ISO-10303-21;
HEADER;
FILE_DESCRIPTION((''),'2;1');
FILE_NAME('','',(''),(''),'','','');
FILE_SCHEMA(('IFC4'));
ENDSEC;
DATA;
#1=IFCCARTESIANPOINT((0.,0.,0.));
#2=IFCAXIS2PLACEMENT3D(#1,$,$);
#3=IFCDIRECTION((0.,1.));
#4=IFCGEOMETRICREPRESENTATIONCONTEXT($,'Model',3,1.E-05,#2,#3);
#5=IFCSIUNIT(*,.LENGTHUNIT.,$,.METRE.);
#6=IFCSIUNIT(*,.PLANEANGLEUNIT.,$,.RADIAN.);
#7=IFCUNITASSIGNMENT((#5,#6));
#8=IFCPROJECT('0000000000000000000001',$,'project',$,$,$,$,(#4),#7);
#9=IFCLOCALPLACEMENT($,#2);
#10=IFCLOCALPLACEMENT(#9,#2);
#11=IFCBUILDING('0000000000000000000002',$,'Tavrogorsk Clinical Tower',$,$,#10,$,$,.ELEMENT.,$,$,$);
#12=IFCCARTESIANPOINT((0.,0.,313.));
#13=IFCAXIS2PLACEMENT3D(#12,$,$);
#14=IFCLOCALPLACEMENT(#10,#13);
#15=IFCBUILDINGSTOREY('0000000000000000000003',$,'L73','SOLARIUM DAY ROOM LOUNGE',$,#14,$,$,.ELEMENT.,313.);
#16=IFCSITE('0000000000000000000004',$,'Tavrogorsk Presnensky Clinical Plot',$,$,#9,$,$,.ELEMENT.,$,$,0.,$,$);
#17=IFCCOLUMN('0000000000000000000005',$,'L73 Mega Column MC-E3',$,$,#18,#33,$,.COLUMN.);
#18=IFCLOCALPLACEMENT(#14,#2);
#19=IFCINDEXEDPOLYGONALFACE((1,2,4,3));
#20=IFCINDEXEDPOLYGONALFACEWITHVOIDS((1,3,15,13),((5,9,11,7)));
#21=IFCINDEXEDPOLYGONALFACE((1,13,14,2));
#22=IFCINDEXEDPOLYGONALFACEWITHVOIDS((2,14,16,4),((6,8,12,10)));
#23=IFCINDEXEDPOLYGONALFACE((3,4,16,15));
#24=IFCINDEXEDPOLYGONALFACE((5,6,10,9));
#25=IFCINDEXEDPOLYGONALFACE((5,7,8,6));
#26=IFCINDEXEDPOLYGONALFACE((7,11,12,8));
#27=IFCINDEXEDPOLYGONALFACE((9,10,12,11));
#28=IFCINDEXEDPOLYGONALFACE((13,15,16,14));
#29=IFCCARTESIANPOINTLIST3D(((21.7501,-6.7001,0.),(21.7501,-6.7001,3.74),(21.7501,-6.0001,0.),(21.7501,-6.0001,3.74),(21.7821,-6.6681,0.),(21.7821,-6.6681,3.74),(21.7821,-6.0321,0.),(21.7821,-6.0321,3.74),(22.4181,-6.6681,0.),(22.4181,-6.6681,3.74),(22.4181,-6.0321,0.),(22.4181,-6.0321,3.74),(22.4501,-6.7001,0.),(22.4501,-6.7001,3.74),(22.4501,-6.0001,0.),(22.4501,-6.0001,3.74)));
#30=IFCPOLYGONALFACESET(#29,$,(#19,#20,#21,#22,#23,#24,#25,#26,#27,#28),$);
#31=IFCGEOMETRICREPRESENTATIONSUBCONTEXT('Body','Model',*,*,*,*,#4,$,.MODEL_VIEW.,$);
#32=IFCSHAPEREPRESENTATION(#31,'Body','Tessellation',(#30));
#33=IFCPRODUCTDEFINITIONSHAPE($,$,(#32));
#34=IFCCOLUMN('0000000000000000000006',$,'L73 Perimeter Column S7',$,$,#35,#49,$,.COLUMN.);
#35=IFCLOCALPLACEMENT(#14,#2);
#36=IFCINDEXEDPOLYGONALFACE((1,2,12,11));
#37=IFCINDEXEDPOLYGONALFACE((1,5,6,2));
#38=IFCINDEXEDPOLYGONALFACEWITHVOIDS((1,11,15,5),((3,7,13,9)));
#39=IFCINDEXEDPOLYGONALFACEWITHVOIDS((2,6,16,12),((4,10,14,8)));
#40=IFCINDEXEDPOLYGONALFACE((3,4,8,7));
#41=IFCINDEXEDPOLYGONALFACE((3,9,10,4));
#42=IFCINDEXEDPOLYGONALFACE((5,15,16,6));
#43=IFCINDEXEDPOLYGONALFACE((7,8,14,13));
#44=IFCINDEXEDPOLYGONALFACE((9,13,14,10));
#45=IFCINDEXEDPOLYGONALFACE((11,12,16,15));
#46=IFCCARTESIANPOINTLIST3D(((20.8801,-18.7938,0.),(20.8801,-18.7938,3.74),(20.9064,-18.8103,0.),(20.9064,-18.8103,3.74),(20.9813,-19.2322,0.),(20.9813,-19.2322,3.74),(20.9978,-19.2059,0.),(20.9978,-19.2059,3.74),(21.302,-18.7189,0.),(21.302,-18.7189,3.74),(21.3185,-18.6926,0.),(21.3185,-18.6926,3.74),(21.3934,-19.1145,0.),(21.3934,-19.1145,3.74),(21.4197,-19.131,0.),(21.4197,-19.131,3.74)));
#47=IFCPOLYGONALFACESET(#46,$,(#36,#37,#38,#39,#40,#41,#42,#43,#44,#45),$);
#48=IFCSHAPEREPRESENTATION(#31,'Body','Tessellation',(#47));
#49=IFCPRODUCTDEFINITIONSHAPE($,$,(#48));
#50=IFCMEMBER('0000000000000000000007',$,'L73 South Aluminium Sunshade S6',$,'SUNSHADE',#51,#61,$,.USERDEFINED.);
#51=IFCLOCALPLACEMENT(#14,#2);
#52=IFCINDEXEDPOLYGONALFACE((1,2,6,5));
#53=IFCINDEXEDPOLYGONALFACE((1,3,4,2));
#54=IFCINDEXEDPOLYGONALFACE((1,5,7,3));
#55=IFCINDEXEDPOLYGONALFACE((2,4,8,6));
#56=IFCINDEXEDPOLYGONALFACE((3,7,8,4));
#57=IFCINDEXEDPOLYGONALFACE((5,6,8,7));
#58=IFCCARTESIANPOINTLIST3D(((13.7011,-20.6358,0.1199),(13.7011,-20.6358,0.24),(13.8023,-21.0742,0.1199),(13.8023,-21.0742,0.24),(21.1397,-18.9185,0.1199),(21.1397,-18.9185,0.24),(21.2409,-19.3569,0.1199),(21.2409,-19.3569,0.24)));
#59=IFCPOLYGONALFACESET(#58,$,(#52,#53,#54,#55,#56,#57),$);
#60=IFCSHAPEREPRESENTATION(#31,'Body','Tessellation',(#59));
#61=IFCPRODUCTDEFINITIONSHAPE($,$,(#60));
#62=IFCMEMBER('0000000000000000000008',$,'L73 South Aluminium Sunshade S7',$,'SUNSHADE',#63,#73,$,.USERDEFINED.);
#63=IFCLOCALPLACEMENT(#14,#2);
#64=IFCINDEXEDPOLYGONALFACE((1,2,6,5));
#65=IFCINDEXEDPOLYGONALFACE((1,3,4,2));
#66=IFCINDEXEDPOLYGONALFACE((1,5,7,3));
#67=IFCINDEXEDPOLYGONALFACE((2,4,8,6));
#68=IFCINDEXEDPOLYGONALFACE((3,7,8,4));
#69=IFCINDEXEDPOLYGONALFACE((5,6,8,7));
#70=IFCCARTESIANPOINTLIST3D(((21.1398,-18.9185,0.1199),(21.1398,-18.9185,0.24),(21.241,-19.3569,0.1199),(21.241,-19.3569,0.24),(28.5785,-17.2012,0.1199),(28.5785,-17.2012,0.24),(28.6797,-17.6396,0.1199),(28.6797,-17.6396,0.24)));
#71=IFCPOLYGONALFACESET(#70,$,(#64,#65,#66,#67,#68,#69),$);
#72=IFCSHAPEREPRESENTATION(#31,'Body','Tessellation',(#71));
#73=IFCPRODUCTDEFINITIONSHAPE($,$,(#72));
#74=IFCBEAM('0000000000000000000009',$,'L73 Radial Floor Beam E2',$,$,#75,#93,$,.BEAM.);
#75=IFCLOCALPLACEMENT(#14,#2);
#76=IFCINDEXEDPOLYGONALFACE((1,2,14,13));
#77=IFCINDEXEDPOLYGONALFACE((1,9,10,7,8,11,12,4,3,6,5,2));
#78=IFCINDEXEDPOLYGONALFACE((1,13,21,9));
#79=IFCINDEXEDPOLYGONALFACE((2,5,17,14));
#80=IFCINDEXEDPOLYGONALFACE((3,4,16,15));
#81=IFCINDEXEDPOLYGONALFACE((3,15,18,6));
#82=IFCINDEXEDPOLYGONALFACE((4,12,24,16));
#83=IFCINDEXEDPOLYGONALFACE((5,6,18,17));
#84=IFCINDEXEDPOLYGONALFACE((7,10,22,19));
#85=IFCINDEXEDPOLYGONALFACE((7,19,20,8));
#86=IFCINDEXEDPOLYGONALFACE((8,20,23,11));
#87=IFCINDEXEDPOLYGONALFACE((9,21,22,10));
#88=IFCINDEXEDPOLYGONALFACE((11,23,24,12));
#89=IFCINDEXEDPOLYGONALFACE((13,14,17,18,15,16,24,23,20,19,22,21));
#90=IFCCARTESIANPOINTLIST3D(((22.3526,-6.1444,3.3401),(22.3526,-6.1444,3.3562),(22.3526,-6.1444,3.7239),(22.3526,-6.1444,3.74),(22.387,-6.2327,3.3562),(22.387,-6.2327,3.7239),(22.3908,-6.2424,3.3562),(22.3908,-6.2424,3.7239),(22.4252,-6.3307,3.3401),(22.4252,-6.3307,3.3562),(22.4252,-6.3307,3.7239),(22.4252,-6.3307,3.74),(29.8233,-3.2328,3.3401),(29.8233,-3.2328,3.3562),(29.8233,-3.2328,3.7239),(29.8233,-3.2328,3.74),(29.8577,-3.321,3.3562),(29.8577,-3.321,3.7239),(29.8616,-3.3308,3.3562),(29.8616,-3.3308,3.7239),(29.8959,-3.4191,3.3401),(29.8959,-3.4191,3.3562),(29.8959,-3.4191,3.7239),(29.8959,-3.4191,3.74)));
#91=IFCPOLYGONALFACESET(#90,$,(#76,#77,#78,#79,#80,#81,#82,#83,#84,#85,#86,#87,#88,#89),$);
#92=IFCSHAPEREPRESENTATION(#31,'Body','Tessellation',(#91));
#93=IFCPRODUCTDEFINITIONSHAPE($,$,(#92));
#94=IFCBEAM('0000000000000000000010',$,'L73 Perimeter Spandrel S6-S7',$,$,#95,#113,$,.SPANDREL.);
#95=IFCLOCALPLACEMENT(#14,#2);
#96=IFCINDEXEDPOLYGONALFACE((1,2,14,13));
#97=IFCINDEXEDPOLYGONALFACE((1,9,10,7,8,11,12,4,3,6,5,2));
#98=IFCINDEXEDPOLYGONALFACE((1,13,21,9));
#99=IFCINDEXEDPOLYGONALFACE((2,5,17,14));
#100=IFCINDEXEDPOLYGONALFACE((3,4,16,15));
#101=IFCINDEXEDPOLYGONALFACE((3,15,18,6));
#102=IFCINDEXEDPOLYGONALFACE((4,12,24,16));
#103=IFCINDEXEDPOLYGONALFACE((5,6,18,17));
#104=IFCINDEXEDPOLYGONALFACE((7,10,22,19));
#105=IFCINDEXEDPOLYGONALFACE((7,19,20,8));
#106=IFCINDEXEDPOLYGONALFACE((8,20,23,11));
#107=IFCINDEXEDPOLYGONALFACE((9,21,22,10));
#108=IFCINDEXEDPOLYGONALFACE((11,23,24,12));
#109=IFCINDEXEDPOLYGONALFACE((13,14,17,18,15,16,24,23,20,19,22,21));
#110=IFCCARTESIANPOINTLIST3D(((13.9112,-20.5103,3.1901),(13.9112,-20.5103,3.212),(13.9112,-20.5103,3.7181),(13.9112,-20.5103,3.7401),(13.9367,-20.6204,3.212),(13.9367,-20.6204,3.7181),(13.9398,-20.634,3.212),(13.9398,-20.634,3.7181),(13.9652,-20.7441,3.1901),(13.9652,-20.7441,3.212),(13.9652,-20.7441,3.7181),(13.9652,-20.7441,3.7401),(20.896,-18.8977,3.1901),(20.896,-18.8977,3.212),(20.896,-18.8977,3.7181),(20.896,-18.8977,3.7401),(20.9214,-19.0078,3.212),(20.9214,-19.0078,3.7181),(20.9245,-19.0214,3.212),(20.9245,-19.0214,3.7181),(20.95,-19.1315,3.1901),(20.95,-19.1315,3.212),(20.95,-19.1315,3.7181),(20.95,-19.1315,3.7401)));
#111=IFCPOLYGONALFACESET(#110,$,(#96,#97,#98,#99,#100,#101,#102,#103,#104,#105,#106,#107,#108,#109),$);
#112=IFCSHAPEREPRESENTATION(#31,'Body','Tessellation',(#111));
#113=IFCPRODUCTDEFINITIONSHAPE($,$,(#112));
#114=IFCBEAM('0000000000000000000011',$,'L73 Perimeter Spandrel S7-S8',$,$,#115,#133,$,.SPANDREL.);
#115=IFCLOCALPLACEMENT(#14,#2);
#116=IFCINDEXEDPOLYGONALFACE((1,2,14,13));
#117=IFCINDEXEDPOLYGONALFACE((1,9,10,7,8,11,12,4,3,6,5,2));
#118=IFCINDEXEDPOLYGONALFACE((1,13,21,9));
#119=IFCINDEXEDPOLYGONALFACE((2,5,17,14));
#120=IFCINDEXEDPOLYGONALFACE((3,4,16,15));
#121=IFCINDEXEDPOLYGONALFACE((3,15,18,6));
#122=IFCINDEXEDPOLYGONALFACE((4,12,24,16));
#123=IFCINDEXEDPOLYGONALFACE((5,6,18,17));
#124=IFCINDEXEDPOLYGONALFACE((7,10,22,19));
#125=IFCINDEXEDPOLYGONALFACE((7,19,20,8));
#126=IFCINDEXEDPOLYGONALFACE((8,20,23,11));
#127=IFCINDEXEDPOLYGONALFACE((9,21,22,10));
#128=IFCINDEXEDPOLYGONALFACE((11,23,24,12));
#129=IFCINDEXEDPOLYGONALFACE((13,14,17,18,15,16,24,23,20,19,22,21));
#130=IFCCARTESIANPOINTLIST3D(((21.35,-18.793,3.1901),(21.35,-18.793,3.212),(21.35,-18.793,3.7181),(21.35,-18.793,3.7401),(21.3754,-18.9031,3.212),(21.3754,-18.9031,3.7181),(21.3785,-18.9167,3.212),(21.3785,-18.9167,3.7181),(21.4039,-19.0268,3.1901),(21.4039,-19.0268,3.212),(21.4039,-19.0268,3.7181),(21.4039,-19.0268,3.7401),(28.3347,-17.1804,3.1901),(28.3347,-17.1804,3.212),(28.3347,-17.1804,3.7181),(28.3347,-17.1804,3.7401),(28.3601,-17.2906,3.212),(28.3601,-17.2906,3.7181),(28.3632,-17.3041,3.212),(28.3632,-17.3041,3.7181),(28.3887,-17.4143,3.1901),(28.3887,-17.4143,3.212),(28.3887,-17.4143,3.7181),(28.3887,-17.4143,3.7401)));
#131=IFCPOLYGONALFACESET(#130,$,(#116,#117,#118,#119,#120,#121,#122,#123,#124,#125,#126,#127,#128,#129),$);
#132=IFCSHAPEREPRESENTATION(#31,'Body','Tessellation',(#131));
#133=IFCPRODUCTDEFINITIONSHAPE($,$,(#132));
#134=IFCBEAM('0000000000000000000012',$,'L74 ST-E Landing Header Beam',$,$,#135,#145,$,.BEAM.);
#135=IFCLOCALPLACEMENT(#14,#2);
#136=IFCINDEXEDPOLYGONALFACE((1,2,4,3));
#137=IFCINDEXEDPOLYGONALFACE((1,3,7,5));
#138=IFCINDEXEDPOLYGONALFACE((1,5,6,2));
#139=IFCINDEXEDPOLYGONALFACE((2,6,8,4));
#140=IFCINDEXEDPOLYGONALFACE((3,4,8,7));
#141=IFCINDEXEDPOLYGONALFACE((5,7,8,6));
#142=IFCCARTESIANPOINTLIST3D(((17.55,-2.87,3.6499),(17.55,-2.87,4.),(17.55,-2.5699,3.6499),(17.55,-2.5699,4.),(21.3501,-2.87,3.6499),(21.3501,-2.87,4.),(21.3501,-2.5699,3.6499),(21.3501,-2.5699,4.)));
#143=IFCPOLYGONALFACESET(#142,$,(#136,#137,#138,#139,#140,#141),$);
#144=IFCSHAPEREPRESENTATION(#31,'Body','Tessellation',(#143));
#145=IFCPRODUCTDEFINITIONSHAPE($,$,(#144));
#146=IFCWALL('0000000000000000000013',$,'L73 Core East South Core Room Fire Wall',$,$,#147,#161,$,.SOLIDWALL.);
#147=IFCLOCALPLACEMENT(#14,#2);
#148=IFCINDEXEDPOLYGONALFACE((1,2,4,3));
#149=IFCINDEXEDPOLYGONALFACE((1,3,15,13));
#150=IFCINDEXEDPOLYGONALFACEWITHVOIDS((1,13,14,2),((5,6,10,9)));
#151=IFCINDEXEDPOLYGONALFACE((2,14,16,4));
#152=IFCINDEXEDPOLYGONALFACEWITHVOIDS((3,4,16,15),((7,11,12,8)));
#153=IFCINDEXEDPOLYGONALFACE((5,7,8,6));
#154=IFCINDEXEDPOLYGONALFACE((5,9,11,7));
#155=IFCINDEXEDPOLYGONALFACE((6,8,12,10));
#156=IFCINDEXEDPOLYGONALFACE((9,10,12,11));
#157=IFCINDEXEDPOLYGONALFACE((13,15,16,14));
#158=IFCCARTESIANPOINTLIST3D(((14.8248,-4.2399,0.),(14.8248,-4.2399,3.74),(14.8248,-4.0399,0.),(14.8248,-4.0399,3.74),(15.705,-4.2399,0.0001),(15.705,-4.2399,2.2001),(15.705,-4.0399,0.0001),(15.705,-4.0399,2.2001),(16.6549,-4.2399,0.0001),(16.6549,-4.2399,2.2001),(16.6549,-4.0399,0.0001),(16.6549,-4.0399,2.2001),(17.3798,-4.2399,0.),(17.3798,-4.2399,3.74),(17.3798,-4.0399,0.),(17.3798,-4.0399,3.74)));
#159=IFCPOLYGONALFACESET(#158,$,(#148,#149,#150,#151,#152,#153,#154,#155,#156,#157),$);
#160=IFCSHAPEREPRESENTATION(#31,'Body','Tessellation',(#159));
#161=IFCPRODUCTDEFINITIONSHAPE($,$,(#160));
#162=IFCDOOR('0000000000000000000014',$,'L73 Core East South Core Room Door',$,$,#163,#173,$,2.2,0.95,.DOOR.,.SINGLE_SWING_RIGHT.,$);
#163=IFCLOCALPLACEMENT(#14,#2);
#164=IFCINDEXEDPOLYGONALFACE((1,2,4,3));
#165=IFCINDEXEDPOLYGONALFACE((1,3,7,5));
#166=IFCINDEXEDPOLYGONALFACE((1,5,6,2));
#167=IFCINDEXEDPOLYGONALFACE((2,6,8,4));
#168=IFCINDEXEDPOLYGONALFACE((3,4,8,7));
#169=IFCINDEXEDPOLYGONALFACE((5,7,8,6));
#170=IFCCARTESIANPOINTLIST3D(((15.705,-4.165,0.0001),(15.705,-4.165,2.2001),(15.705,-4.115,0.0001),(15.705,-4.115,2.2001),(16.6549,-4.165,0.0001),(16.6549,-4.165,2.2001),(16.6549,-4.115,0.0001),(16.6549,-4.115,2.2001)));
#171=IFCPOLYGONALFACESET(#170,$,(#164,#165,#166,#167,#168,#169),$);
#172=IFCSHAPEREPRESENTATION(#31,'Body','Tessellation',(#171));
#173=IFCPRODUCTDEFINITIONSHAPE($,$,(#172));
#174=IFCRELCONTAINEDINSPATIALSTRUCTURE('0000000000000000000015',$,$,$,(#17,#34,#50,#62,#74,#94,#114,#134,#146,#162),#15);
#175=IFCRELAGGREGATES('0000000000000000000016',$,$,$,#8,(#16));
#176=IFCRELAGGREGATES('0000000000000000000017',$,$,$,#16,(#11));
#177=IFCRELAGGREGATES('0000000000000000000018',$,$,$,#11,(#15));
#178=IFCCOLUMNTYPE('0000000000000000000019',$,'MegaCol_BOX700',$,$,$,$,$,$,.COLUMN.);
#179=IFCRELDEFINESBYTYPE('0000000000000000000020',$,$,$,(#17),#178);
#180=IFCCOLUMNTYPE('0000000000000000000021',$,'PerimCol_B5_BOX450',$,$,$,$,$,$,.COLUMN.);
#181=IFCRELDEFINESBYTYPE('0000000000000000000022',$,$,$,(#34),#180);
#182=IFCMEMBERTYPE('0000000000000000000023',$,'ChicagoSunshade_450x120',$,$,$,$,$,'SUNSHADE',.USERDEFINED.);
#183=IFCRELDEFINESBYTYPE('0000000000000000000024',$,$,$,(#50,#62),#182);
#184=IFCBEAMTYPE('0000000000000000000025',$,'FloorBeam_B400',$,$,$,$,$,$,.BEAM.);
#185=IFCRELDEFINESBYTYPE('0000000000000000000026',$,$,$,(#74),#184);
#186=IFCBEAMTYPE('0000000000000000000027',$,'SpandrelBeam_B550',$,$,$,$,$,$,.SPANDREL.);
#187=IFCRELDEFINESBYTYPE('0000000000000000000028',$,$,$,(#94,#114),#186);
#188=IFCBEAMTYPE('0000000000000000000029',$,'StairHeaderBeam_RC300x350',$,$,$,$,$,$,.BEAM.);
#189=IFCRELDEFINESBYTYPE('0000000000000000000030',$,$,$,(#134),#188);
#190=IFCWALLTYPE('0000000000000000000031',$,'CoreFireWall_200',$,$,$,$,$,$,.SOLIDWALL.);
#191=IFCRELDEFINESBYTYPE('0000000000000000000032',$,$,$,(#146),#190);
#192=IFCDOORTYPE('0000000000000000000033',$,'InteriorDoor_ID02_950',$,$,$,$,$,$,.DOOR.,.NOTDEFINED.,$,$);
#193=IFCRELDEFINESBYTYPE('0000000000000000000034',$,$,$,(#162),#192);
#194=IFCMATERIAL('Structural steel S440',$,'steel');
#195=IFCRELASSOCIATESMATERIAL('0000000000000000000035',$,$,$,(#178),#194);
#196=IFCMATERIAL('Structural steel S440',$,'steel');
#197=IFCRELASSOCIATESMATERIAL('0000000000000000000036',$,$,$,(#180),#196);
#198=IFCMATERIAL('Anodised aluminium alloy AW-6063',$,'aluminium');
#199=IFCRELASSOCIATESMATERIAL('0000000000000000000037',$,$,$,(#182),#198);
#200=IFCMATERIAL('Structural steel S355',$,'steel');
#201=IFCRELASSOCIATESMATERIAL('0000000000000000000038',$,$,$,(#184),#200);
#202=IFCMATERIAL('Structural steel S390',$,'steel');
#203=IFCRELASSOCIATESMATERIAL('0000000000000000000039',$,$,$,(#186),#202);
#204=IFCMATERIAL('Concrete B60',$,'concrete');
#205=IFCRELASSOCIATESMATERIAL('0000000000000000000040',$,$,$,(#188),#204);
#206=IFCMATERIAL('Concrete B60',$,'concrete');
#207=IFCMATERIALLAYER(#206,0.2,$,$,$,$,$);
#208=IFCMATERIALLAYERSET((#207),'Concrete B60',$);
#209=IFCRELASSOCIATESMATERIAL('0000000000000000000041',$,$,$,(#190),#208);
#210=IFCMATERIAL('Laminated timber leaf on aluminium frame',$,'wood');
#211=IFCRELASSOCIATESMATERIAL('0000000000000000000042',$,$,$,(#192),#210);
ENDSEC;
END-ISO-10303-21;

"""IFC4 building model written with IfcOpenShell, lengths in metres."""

from ifc_helpers import new_model, si_unit, direction, frame, frame_2d, origin, origin_2d, place, context, subcontext, project, spatial, rectangle, hollow_rectangle, i_section, extrude, material, layer, layer_set, material_profile, profile_set, type_object, element, fill, save


model = new_model("IFC4")

# Units and contexts
model_context = context("Model", 3, precision=1e-05, world=origin(), true_north=direction((0.0, 1.0)))
body_context = subcontext(model_context, "Body", "Model", "MODEL_VIEW")
ifc_project = project(units=[si_unit("LENGTHUNIT", "METRE"), si_unit("PLANEANGLEUNIT", "RADIAN")], contexts=[model_context])

# Site, building, storey
site_placement = place(None, origin())
site = spatial("IfcSite", under=ifc_project, at=site_placement, Name="Tavrogorsk Presnensky Clinical Plot", CompositionType="ELEMENT", RefElevation=0.0)
building_placement = place(site_placement, origin())
building = spatial("IfcBuilding", under=site, at=building_placement, Name="Tavrogorsk Clinical Tower", CompositionType="ELEMENT")
storey_placement = place(building_placement, frame((0.0, 0.0, 313.0)))
storey = spatial("IfcBuildingStorey", under=building, at=storey_placement, Name="L73", Description="SOLARIUM DAY ROOM LOUNGE", CompositionType="ELEMENT", Elevation=313.0)

# Columns
ifc_material_1 = material(Name="Structural steel S440", Category="steel")
ifc_material_profile_1 = material_profile(ifc_material_1, hollow_rectangle(XDim=0.7, YDim=0.7, WallThickness=0.032, at=origin_2d()), Name="BOX-700x700x32")
ifc_profile_set_1 = profile_set([ifc_material_profile_1], Name="Structural steel S440")
column_type_1 = type_object("IfcColumnType", Name="MegaCol_BOX700", PredefinedType="COLUMN", material=ifc_profile_set_1)
column_1_placement = place(storey_placement, frame((22.1001, -6.3501, 0.0), z_axis=(0.0, 0.0, 1.0), x_axis=(1.0, 0.0, 0.0)))
element("IfcColumn", 1, at=column_1_placement, inside=storey, type_object=column_type_1, Name="L73 Mega Column MC-E3", PredefinedType="COLUMN", context=body_context, shape_type="SweptSolid", body=[
    extrude(hollow_rectangle(XDim=0.7, YDim=0.7, WallThickness=0.032, at=origin_2d()), origin(), (0.0, 0.0, 1.0), 3.74),
])
ifc_material_2 = material(Name="Structural steel S440", Category="steel")
ifc_material_profile_2 = material_profile(ifc_material_2, hollow_rectangle(XDim=0.45, YDim=0.45, WallThickness=0.022, at=origin_2d()), Name="BOX-450x450x22")
ifc_profile_set_2 = profile_set([ifc_material_profile_2], Name="Structural steel S440")
column_type_2 = type_object("IfcColumnType", Name="PerimCol_B5_BOX450", PredefinedType="COLUMN", material=ifc_profile_set_2)
column_2_placement = place(storey_placement, frame((21.1499, -18.9624, 0.0), z_axis=(0.0, 0.0, 1.0), x_axis=(0.97437, 0.224951, 0.0)))
element("IfcColumn", 2, at=column_2_placement, inside=storey, type_object=column_type_2, Name="L73 Perimeter Column S7", PredefinedType="COLUMN", context=body_context, shape_type="SweptSolid", body=[
    extrude(hollow_rectangle(XDim=0.45, YDim=0.45, WallThickness=0.022, at=origin_2d()), origin(), (0.0, 0.0, 1.0), 3.74),
])

# Members
ifc_material_3 = material(Name="Anodised aluminium alloy AW-6063", Category="aluminium")
ifc_material_profile_3 = material_profile(ifc_material_3, rectangle(XDim=0.45, YDim=0.1201, at=origin_2d()), Name="ALU-SUNSHADE-450x120")
ifc_profile_set_3 = profile_set([ifc_material_profile_3], Name="Anodised aluminium alloy AW-6063")
member_type = type_object("IfcMemberType", Name="ChicagoSunshade_450x120", ElementType="SUNSHADE", PredefinedType="USERDEFINED", material=ifc_profile_set_3)
for number, where, z_axis, x_axis, name in (
    (3, (13.7517, -20.855, 0.1799), (0.974372, 0.224941, 0.0), (-0.224941, 0.974372, 0.0), "L73 South Aluminium Sunshade S6"),
    (4, (21.1904, -19.1377, 0.1799), (0.974372, 0.224941, 0.0), (-0.224941, 0.974372, 0.0), "L73 South Aluminium Sunshade S7"),
):
    element("IfcMember", number, at=place(storey_placement, frame(where, z_axis=z_axis, x_axis=x_axis)), inside=storey, type_object=member_type, Name=name, ObjectType="SUNSHADE", PredefinedType="USERDEFINED", context=body_context, shape_type="SweptSolid", body=[
        extrude(rectangle(XDim=0.45, YDim=0.1201, at=origin_2d()), origin(), (0.0, 0.0, 1.0), 7.6343),
    ])

# Beams
ifc_material_4 = material(Name="Structural steel S355", Category="steel")
ifc_material_profile_4 = material_profile(ifc_material_4, i_section(OverallWidth=0.2, OverallDepth=0.3999, WebThickness=0.0105, FlangeThickness=0.0161, at=origin_2d()), Name="B-400x200x10.5x16")
ifc_profile_set_4 = profile_set([ifc_material_profile_4], Name="Structural steel S355")
beam_type_1 = type_object("IfcBeamType", Name="FloorBeam_B400", PredefinedType="BEAM", material=ifc_profile_set_4)
beam_1_placement = place(storey_placement, frame((22.3889, -6.2375, 3.54), z_axis=(0.931737, 0.363134, 0.0), x_axis=(-0.363134, 0.931737, 0.0)))
element("IfcBeam", 5, at=beam_1_placement, inside=storey, type_object=beam_type_1, Name="L73 Radial Floor Beam E2", PredefinedType="BEAM", context=body_context, shape_type="SweptSolid", body=[
    extrude(i_section(OverallWidth=0.2, OverallDepth=0.3999, WebThickness=0.0105, FlangeThickness=0.0161, at=origin_2d()), origin(), (0.0, 0.0, 1.0), 8.0181),
])
ifc_material_5 = material(Name="Structural steel S390", Category="steel")
ifc_material_profile_5 = material_profile(ifc_material_5, i_section(OverallWidth=0.24, OverallDepth=0.55, WebThickness=0.0139, FlangeThickness=0.022, at=origin_2d()), Name="B-550x240x14x22")
ifc_profile_set_5 = profile_set([ifc_material_profile_5], Name="Structural steel S390")
beam_type_2 = type_object("IfcBeamType", Name="SpandrelBeam_B550", PredefinedType="SPANDREL", material=ifc_profile_set_5)
for number, where, z_axis, x_axis, name in (
    (6, (13.9382, -20.6272, 3.4651), (0.974369, 0.224954, 0.0), (-0.224954, 0.974369, 0.0), "L73 Perimeter Spandrel S6-S7"),
    (7, (21.377, -18.9099, 3.4651), (0.974369, 0.224954, 0.0), (-0.224954, 0.974369, 0.0), "L73 Perimeter Spandrel S7-S8"),
):
    element("IfcBeam", number, at=place(storey_placement, frame(where, z_axis=z_axis, x_axis=x_axis)), inside=storey, type_object=beam_type_2, Name=name, PredefinedType="SPANDREL", context=body_context, shape_type="SweptSolid", body=[
        extrude(i_section(OverallWidth=0.24, OverallDepth=0.55, WebThickness=0.0139, FlangeThickness=0.022, at=origin_2d()), origin(), (0.0, 0.0, 1.0), 7.1685),
    ])
ifc_material_6 = material(Name="Concrete B60", Category="concrete")
ifc_material_profile_6 = material_profile(ifc_material_6, rectangle(XDim=0.3, YDim=0.3501, at=origin_2d()), Name="RC-SHB-300x350")
ifc_profile_set_6 = profile_set([ifc_material_profile_6], Name="Concrete B60")
beam_type_3 = type_object("IfcBeamType", Name="StairHeaderBeam_RC300x350", PredefinedType="BEAM", material=ifc_profile_set_6)
beam_2_placement = place(storey_placement, frame((17.55, -2.72, 3.825), z_axis=(1.0, 0.0, 0.0), x_axis=(0.0, 1.0, 0.0)))
element("IfcBeam", 8, at=beam_2_placement, inside=storey, type_object=beam_type_3, Name="L74 ST-E Landing Header Beam", PredefinedType="BEAM", context=body_context, shape_type="SweptSolid", body=[
    extrude(rectangle(XDim=0.3, YDim=0.3501, at=origin_2d()), origin(), (0.0, 0.0, 1.0), 3.8),
])

# Wall, opening, door
ifc_material_7 = material(Name="Concrete B60", Category="concrete")
ifc_layer_1 = layer(ifc_material_7, 0.2)
ifc_layer_set_1 = layer_set([ifc_layer_1], Name="Concrete B60")
wall_type_1 = type_object("IfcWallType", Name="CoreFireWall_200", PredefinedType="SOLIDWALL", material=ifc_layer_set_1)
wall_1_placement = place(storey_placement, frame((14.825, -4.1399, 0.0), z_axis=(0.0, 0.0, 1.0), x_axis=(1.0, 0.0, 0.0)))
wall_1 = element("IfcWall", 9, at=wall_1_placement, inside=storey, type_object=wall_type_1, Name="L73 Core East South Core Room Fire Wall", PredefinedType="SOLIDWALL", context=body_context, shape_type="SweptSolid", body=[
    extrude(rectangle(XDim=2.5549, YDim=0.2, at=frame_2d((1.2773, 0.0))), origin(), (0.0, 0.0, 1.0), 3.74),
])
opening_1_placement = place(wall_1_placement, frame((0.8799, 0.0, 0.0)))
opening_1 = element("IfcOpeningElement", 10, at=opening_1_placement, cuts=wall_1, PredefinedType="OPENING", context=body_context, shape_type="SweptSolid", body=[
    extrude(rectangle(XDim=0.95, YDim=2.2, at=frame_2d((0.4751, 1.1001))), frame((0.0, 0.1099, 0.0), z_axis=(0.0, -1.0, 0.0), x_axis=(1.0, 0.0, 0.0)), (0.0, 0.0, 1.0), 0.22),
])
ifc_material_8 = material(Name="Laminated timber leaf on aluminium frame", Category="wood")
door_type_1 = type_object("IfcDoorType", Name="InteriorDoor_ID02_950", OperationType="NOTDEFINED", PredefinedType="DOOR", material=ifc_material_8)
door_1_placement = place(opening_1_placement, origin())
door_1 = element("IfcDoor", 11, at=door_1_placement, inside=storey, type_object=door_type_1, Name="L73 Core East South Core Room Door", OperationType="SINGLE_SWING_RIGHT", OverallHeight=2.2, OverallWidth=0.95, PredefinedType="DOOR", context=body_context, shape_type="SweptSolid", body=[
    extrude(rectangle(XDim=0.95, YDim=2.2, at=frame_2d((0.4751, 1.1001))), frame((0.0, 0.0249, 0.0), z_axis=(0.0, -1.0, 0.0), x_axis=(1.0, 0.0, 0.0)), (0.0, 0.0, 1.0), 0.05),
])
fill(opening_1, door_1)

save(model, "model.ifc")
